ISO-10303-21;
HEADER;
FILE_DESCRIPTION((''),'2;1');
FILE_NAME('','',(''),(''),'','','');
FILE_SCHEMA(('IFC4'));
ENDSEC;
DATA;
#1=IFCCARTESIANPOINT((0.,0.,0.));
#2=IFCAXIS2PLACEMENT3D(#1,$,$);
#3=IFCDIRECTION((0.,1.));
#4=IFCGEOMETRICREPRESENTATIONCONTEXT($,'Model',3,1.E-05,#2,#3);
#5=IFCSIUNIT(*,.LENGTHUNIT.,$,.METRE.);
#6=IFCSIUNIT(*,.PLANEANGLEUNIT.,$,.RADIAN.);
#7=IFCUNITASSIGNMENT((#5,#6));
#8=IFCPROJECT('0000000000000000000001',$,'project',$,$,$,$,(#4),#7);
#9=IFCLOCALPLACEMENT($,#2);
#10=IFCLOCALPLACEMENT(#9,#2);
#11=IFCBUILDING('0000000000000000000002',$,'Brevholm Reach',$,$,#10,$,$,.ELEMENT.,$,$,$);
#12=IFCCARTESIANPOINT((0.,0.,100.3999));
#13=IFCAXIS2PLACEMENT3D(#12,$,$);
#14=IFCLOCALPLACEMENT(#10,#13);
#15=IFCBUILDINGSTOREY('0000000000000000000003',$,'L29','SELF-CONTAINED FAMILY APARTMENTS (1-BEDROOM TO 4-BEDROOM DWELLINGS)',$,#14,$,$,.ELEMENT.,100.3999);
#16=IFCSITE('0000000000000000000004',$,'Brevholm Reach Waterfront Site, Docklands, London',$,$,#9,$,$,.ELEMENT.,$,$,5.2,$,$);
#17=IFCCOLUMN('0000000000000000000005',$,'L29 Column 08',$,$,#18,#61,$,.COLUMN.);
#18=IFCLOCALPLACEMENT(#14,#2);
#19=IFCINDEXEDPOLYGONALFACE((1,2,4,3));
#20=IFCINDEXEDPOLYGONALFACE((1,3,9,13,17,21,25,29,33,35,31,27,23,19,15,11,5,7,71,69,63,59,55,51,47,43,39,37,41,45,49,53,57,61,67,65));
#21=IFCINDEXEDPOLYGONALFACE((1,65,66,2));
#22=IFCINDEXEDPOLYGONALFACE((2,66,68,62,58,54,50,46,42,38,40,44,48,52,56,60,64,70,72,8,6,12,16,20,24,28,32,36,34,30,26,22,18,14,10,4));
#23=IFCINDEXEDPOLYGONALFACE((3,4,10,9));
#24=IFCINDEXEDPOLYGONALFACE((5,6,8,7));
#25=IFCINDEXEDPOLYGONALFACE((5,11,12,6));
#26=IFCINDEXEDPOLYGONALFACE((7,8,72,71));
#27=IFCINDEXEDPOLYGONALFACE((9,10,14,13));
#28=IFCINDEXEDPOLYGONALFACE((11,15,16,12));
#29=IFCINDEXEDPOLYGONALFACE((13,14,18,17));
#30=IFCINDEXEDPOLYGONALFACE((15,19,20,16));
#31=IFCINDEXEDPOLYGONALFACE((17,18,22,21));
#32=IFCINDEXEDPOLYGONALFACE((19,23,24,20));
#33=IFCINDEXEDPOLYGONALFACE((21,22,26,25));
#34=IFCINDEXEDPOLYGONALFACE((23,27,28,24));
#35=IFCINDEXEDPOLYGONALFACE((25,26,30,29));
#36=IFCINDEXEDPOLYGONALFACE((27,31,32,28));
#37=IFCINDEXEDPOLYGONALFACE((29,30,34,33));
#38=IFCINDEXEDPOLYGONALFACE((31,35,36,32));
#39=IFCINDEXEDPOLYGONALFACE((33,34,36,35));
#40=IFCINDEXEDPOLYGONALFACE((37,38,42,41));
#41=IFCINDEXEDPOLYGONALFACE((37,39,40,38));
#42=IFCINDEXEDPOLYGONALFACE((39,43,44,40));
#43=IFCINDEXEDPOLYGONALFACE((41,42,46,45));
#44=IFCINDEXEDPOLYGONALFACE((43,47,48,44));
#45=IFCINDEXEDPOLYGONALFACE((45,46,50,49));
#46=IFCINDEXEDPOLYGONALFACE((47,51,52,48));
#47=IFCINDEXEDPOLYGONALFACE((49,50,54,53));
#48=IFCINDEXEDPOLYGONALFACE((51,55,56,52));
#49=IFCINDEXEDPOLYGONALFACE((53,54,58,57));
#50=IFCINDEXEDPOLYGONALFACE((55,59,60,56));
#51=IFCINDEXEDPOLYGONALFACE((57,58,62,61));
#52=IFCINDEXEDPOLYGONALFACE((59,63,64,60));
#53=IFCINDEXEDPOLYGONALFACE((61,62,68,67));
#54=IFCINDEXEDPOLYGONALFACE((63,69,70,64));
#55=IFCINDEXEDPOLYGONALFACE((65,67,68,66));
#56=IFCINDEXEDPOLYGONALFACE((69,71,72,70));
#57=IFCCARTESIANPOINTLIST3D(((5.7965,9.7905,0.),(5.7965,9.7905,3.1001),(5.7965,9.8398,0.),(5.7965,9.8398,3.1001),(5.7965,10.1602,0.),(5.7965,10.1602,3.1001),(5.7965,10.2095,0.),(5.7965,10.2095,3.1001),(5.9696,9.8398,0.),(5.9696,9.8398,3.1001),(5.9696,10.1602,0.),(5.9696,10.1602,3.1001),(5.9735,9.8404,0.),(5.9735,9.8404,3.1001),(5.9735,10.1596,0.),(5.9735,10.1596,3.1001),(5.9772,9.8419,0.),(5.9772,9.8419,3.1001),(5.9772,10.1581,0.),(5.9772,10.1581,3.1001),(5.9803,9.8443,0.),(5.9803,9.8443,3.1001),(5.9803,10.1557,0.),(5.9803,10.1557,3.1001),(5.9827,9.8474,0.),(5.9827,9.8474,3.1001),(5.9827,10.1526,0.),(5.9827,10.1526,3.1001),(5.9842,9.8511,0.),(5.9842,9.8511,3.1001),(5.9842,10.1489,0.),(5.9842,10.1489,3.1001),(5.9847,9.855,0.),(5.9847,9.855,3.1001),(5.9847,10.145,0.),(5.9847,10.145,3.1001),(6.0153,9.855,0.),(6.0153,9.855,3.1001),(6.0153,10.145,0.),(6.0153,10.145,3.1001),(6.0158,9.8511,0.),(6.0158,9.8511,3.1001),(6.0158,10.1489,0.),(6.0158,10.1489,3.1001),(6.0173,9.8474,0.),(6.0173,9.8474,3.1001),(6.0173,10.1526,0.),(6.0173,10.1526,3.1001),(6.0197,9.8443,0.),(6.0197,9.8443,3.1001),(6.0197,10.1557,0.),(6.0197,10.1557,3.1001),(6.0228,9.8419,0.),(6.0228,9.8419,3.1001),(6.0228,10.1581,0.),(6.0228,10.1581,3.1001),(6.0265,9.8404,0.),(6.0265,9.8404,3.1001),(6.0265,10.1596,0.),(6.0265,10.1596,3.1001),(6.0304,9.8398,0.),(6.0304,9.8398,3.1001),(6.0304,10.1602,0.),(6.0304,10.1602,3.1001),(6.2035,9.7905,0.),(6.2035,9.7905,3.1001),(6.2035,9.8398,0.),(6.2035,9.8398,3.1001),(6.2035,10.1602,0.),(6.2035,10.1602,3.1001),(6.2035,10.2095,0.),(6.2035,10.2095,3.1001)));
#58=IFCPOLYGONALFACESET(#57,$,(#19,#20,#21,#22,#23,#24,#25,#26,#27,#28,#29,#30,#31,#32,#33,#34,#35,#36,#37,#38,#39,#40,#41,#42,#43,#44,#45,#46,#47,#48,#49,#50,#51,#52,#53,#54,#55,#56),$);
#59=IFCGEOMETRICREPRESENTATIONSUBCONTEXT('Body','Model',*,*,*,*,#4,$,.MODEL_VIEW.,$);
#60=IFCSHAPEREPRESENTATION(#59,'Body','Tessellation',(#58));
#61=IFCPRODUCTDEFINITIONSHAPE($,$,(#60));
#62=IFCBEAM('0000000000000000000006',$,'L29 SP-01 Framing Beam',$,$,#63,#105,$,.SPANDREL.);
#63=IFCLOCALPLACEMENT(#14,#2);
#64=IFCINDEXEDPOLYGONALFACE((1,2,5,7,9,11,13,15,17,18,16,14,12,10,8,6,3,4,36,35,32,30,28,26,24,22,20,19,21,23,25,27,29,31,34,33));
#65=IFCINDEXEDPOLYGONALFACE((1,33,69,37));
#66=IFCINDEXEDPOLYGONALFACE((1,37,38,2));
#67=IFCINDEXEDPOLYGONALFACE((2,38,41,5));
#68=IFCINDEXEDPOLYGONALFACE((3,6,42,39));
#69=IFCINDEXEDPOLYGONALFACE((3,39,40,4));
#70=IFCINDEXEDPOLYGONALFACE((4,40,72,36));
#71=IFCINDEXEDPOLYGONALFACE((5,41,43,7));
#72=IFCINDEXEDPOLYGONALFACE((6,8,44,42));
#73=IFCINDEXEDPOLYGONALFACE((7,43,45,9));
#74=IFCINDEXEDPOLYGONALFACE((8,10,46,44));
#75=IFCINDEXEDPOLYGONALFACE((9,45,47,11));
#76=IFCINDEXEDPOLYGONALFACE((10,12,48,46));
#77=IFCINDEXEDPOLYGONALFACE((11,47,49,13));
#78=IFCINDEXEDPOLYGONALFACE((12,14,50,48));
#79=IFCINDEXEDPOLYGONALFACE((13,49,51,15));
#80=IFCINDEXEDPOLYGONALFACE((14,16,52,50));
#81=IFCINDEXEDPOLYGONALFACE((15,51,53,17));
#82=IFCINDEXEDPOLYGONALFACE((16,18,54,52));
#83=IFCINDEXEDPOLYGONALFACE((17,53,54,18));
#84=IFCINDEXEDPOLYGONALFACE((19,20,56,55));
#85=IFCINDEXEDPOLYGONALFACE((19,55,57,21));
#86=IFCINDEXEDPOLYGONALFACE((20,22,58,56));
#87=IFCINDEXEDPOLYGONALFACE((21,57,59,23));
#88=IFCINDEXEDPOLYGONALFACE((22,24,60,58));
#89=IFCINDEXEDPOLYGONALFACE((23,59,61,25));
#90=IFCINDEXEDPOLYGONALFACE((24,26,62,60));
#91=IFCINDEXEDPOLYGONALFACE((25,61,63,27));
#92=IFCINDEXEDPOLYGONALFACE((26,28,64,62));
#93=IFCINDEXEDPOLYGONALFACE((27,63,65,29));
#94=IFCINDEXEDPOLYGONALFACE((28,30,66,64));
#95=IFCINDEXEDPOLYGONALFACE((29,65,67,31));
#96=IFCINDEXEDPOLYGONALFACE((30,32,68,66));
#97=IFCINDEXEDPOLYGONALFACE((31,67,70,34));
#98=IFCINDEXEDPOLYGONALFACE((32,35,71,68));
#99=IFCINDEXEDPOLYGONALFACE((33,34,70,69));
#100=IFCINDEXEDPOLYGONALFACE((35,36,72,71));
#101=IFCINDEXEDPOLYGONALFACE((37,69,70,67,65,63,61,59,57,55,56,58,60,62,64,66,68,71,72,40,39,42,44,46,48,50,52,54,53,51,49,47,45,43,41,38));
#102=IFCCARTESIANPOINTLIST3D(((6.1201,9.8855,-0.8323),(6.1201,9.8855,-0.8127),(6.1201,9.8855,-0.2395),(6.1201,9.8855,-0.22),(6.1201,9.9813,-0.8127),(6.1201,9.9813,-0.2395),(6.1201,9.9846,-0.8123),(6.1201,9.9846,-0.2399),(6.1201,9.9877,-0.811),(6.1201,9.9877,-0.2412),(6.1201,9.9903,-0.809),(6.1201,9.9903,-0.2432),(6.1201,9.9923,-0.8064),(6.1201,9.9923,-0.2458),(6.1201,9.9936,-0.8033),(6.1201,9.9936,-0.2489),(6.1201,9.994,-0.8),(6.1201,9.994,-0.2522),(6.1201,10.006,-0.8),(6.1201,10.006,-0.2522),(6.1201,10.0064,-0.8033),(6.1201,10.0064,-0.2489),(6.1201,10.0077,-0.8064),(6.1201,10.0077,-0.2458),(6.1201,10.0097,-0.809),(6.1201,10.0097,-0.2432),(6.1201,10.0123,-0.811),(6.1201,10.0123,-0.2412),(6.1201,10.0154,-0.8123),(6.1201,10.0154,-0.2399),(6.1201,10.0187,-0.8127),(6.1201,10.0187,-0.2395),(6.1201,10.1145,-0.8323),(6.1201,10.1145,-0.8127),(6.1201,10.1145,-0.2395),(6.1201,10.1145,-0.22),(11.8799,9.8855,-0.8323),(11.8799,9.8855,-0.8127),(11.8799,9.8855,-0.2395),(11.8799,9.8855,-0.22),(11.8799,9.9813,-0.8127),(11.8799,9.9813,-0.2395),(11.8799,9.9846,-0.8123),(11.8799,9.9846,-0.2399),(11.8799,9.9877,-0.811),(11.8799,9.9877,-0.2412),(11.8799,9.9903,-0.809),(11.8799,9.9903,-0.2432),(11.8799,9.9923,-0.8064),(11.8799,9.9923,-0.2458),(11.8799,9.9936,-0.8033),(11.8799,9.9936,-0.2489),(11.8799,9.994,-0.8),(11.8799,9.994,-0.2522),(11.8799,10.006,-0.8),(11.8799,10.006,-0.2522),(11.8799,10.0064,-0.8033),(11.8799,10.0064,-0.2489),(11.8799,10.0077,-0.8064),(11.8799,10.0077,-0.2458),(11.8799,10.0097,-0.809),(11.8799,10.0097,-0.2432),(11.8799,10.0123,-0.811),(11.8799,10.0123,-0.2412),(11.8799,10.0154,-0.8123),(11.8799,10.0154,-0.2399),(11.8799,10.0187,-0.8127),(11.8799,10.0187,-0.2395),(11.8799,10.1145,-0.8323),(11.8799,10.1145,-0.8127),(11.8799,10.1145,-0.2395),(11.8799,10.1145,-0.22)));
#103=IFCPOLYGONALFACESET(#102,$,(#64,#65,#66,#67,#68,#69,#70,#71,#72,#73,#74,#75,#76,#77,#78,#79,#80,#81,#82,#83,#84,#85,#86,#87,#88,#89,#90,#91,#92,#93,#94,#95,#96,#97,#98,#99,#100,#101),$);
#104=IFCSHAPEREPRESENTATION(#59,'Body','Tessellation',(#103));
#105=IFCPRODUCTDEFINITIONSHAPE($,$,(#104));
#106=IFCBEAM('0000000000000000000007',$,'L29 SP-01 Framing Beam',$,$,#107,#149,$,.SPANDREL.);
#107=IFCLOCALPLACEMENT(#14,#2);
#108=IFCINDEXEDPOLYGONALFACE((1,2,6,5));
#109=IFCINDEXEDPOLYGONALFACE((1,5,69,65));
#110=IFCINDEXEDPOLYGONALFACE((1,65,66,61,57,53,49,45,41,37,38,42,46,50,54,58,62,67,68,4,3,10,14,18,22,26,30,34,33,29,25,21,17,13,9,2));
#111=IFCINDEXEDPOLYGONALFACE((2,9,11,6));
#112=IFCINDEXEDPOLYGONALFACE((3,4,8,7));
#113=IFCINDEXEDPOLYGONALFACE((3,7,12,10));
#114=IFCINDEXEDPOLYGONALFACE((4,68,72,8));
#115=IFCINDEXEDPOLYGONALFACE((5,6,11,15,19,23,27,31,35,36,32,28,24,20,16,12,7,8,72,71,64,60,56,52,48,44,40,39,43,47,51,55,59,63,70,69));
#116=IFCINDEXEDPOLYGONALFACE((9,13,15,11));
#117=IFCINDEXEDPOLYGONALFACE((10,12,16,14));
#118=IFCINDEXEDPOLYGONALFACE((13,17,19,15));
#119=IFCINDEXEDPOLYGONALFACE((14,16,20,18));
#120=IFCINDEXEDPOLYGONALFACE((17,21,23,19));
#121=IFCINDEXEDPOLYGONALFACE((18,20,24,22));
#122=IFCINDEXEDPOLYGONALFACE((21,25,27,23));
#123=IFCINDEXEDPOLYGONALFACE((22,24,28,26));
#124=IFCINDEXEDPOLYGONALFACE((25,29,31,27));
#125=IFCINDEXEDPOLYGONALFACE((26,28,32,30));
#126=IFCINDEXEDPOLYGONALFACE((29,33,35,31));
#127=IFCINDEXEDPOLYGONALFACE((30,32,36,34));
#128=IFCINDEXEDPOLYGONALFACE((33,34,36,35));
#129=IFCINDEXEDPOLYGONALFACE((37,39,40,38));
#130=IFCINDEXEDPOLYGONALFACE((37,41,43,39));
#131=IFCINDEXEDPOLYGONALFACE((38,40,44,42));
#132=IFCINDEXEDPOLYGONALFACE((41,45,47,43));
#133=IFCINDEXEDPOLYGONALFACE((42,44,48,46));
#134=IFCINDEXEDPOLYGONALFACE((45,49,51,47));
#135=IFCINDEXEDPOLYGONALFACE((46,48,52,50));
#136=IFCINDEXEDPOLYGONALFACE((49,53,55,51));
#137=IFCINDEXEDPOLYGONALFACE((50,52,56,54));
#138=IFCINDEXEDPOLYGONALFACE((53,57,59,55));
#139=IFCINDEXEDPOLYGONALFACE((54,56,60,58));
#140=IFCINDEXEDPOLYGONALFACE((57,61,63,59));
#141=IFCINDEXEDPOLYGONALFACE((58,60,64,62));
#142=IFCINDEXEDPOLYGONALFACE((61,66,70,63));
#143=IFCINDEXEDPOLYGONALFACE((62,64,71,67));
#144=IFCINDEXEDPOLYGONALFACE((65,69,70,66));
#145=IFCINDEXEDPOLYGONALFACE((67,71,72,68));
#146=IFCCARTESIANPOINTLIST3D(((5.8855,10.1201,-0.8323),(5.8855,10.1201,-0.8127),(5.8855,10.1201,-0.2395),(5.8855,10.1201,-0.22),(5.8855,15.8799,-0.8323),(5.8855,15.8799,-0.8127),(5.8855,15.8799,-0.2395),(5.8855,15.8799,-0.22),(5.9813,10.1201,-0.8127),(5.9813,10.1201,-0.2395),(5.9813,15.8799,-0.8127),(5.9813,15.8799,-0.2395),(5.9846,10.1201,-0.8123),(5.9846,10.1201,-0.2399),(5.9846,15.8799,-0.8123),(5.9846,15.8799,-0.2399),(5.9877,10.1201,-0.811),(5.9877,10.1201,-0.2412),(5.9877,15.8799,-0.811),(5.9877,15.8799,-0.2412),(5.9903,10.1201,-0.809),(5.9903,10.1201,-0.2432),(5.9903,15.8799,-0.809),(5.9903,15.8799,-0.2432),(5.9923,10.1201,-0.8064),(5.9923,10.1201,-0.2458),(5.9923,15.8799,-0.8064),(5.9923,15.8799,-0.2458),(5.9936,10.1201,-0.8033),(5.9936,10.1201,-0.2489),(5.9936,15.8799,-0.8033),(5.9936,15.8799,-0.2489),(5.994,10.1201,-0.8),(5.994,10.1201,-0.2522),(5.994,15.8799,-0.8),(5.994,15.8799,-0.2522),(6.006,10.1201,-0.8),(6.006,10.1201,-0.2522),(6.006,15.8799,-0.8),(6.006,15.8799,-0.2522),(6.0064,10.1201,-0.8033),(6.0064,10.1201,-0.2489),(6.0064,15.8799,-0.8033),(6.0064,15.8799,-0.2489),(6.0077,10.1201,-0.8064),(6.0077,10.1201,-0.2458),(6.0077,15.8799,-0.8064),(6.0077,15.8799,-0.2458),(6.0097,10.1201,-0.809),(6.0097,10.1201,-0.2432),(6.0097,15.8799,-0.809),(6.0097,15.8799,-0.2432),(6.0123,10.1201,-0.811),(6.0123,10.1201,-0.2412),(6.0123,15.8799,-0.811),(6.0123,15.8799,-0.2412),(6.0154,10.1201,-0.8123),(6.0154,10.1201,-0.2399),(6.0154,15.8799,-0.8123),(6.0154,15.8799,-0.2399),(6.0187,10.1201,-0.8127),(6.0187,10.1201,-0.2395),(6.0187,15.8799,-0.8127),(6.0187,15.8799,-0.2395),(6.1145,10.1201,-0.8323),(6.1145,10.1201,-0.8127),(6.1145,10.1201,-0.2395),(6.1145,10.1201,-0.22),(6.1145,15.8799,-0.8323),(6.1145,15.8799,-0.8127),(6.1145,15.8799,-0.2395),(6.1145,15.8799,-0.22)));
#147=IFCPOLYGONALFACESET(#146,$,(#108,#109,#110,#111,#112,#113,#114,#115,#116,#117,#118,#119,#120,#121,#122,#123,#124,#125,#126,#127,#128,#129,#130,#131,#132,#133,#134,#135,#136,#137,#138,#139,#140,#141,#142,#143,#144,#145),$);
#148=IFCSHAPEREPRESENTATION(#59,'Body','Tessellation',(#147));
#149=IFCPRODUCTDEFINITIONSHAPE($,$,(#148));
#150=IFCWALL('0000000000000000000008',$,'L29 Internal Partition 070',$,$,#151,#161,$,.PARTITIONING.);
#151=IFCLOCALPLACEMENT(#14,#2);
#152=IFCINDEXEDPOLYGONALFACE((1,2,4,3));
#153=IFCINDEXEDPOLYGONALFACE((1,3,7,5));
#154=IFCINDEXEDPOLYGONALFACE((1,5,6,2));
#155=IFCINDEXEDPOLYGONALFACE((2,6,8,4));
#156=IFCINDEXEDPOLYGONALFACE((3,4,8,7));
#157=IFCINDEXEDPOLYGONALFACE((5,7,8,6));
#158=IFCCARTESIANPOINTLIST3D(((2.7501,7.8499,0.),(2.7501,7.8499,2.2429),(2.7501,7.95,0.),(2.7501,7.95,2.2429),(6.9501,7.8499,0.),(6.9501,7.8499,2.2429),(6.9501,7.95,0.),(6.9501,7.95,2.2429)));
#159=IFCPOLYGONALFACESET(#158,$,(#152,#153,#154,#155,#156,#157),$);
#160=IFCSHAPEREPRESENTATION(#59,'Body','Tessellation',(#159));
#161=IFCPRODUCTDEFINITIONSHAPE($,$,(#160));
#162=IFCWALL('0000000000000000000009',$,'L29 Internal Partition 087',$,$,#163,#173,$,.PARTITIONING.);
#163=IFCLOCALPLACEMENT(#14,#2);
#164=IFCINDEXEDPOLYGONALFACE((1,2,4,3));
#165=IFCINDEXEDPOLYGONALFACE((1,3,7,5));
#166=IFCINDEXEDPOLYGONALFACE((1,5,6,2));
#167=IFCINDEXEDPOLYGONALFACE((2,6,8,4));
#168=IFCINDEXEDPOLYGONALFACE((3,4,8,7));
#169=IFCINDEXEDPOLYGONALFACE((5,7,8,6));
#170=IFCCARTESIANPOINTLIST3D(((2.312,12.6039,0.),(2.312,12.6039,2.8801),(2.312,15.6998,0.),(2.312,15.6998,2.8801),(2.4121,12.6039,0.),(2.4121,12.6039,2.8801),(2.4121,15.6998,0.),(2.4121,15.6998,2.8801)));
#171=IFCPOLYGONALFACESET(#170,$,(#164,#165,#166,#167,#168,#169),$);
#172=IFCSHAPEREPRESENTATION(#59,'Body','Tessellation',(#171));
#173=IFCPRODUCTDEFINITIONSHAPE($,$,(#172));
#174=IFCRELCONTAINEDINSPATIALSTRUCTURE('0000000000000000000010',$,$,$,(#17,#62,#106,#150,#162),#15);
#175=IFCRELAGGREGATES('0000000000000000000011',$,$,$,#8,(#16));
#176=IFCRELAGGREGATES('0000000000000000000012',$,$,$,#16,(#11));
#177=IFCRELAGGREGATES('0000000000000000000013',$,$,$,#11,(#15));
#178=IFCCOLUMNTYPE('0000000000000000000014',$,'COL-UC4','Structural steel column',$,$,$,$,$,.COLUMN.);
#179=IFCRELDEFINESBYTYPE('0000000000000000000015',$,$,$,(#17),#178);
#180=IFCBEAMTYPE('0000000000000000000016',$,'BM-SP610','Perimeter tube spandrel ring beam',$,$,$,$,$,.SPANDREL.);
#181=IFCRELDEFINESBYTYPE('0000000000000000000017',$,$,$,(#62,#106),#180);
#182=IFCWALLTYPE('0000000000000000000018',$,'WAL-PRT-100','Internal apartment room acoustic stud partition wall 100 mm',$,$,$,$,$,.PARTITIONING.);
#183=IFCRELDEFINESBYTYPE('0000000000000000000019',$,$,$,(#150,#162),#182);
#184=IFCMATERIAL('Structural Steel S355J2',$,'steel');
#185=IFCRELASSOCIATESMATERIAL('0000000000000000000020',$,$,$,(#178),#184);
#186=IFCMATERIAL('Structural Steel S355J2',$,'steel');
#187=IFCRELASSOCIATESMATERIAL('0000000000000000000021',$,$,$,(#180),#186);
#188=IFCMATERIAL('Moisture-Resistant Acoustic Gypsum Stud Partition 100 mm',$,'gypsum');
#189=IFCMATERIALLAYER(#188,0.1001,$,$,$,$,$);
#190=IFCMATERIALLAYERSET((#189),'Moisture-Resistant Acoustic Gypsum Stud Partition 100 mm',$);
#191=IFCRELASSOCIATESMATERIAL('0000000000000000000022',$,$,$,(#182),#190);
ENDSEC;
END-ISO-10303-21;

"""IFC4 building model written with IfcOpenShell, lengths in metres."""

from ifc_helpers import new_model, si_unit, direction, frame, frame_2d, origin, origin_2d, place, context, subcontext, project, spatial, rectangle, i_section, extrude, material, layer, layer_set, material_profile, profile_set, type_object, element, save


model = new_model("IFC4")

# Units and contexts
model_context = context("Model", 3, precision=1e-05, world=origin(), true_north=direction((0.0, 1.0)))
body_context = subcontext(model_context, "Body", "Model", "MODEL_VIEW")
ifc_project = project(units=[si_unit("LENGTHUNIT", "METRE"), si_unit("PLANEANGLEUNIT", "RADIAN")], contexts=[model_context])

# Site, building, storey
site_placement = place(None, origin())
site = spatial("IfcSite", under=ifc_project, at=site_placement, Name="Brevholm Reach Waterfront Site, Docklands, London", CompositionType="ELEMENT", RefElevation=5.2)
building_placement = place(site_placement, origin())
building = spatial("IfcBuilding", under=site, at=building_placement, Name="Brevholm Reach", CompositionType="ELEMENT")
storey_placement = place(building_placement, frame((0.0, 0.0, 100.3999)))
storey = spatial("IfcBuildingStorey", under=building, at=storey_placement, Name="L29", Description="SELF-CONTAINED FAMILY APARTMENTS (1-BEDROOM TO 4-BEDROOM DWELLINGS)", CompositionType="ELEMENT", Elevation=100.3999)

# Column
ifc_material_1 = material(Name="Structural Steel S355J2", Category="steel")
ifc_material_profile_1 = material_profile(ifc_material_1, i_section(OverallWidth=0.407, OverallDepth=0.4189, WebThickness=0.0305, FlangeThickness=0.0493, FilletRadius=0.0151, at=origin_2d()), Name="UKC 356x406x393")
ifc_profile_set_1 = profile_set([ifc_material_profile_1], Name="Structural Steel S355J2")
column_type = type_object("IfcColumnType", Name="COL-UC4", Description="Structural steel column", PredefinedType="COLUMN", material=ifc_profile_set_1)
column_placement = place(storey_placement, frame((6.0, 10.0, 0.0), z_axis=(0.0, 0.0, 1.0), x_axis=(1.0, 0.0, 0.0)))
element("IfcColumn", 1, at=column_placement, inside=storey, type_object=column_type, Name="L29 Column 08", PredefinedType="COLUMN", context=body_context, shape_type="SweptSolid", body=[
    extrude(i_section(OverallWidth=0.407, OverallDepth=0.4189, WebThickness=0.0305, FlangeThickness=0.0493, FilletRadius=0.0151, at=origin_2d()), origin(), (0.0, 0.0, 1.0), 3.1001),
])

# Beams
ifc_material_2 = material(Name="Structural Steel S355J2", Category="steel")
ifc_material_profile_2 = material_profile(ifc_material_2, i_section(OverallWidth=0.229, OverallDepth=0.6123, WebThickness=0.012, FlangeThickness=0.0195, FilletRadius=0.0127, at=origin_2d()), Name="UKB 610x229x125")
ifc_profile_set_2 = profile_set([ifc_material_profile_2], Name="Structural Steel S355J2")
beam_type = type_object("IfcBeamType", Name="BM-SP610", Description="Perimeter tube spandrel ring beam", PredefinedType="SPANDREL", material=ifc_profile_set_2)
for number, where, z_axis, x_axis, name in (
    (2, (6.1201, 10.0, -0.5261), (1.0, 0.0, 0.0), (0.0, 1.0, 0.0), "L29 SP-01 Framing Beam"),
    (3, (6.0, 10.1201, -0.5261), (0.0, 1.0, 0.0), (-1.0, 0.0, 0.0), "L29 SP-01 Framing Beam"),
):
    element("IfcBeam", number, at=place(storey_placement, frame(where, z_axis=z_axis, x_axis=x_axis)), inside=storey, type_object=beam_type, Name=name, PredefinedType="SPANDREL", context=body_context, shape_type="SweptSolid", body=[
        extrude(i_section(OverallWidth=0.229, OverallDepth=0.6123, WebThickness=0.012, FlangeThickness=0.0195, FilletRadius=0.0127, at=origin_2d()), origin(), (0.0, 0.0, 1.0), 5.7598),
    ])

# Walls
ifc_material_3 = material(Name="Moisture-Resistant Acoustic Gypsum Stud Partition 100 mm", Category="gypsum")
ifc_layer_1 = layer(ifc_material_3, 0.1001)
ifc_layer_set_1 = layer_set([ifc_layer_1], Name="Moisture-Resistant Acoustic Gypsum Stud Partition 100 mm")
wall_type_1 = type_object("IfcWallType", Name="WAL-PRT-100", Description="Internal apartment room acoustic stud partition wall 100 mm", PredefinedType="PARTITIONING", material=ifc_layer_set_1)
wall_1_placement = place(storey_placement, frame((2.75, 7.8999, 0.0), z_axis=(0.0, 0.0, 1.0), x_axis=(1.0, 0.0, 0.0)))
element("IfcWall", 4, at=wall_1_placement, inside=storey, type_object=wall_type_1, Name="L29 Internal Partition 070", PredefinedType="PARTITIONING", context=body_context, shape_type="SweptSolid", body=[
    extrude(rectangle(XDim=4.2, YDim=0.1001, at=frame_2d((2.1001, 0.0))), origin(), (0.0, 0.0, 1.0), 2.2429),
])
wall_2_placement = place(storey_placement, frame((2.3621, 12.604, 0.0), z_axis=(0.0, 0.0, 1.0), x_axis=(0.0, 1.0, 0.0)))
element("IfcWall", 5, at=wall_2_placement, inside=storey, type_object=wall_type_1, Name="L29 Internal Partition 087", PredefinedType="PARTITIONING", context=body_context, shape_type="SweptSolid", body=[
    extrude(rectangle(XDim=3.0959, YDim=0.1001, at=frame_2d((1.5479, 0.0))), origin(), (0.0, 0.0, 1.0), 2.8801),
])

save(model, "model.ifc")
